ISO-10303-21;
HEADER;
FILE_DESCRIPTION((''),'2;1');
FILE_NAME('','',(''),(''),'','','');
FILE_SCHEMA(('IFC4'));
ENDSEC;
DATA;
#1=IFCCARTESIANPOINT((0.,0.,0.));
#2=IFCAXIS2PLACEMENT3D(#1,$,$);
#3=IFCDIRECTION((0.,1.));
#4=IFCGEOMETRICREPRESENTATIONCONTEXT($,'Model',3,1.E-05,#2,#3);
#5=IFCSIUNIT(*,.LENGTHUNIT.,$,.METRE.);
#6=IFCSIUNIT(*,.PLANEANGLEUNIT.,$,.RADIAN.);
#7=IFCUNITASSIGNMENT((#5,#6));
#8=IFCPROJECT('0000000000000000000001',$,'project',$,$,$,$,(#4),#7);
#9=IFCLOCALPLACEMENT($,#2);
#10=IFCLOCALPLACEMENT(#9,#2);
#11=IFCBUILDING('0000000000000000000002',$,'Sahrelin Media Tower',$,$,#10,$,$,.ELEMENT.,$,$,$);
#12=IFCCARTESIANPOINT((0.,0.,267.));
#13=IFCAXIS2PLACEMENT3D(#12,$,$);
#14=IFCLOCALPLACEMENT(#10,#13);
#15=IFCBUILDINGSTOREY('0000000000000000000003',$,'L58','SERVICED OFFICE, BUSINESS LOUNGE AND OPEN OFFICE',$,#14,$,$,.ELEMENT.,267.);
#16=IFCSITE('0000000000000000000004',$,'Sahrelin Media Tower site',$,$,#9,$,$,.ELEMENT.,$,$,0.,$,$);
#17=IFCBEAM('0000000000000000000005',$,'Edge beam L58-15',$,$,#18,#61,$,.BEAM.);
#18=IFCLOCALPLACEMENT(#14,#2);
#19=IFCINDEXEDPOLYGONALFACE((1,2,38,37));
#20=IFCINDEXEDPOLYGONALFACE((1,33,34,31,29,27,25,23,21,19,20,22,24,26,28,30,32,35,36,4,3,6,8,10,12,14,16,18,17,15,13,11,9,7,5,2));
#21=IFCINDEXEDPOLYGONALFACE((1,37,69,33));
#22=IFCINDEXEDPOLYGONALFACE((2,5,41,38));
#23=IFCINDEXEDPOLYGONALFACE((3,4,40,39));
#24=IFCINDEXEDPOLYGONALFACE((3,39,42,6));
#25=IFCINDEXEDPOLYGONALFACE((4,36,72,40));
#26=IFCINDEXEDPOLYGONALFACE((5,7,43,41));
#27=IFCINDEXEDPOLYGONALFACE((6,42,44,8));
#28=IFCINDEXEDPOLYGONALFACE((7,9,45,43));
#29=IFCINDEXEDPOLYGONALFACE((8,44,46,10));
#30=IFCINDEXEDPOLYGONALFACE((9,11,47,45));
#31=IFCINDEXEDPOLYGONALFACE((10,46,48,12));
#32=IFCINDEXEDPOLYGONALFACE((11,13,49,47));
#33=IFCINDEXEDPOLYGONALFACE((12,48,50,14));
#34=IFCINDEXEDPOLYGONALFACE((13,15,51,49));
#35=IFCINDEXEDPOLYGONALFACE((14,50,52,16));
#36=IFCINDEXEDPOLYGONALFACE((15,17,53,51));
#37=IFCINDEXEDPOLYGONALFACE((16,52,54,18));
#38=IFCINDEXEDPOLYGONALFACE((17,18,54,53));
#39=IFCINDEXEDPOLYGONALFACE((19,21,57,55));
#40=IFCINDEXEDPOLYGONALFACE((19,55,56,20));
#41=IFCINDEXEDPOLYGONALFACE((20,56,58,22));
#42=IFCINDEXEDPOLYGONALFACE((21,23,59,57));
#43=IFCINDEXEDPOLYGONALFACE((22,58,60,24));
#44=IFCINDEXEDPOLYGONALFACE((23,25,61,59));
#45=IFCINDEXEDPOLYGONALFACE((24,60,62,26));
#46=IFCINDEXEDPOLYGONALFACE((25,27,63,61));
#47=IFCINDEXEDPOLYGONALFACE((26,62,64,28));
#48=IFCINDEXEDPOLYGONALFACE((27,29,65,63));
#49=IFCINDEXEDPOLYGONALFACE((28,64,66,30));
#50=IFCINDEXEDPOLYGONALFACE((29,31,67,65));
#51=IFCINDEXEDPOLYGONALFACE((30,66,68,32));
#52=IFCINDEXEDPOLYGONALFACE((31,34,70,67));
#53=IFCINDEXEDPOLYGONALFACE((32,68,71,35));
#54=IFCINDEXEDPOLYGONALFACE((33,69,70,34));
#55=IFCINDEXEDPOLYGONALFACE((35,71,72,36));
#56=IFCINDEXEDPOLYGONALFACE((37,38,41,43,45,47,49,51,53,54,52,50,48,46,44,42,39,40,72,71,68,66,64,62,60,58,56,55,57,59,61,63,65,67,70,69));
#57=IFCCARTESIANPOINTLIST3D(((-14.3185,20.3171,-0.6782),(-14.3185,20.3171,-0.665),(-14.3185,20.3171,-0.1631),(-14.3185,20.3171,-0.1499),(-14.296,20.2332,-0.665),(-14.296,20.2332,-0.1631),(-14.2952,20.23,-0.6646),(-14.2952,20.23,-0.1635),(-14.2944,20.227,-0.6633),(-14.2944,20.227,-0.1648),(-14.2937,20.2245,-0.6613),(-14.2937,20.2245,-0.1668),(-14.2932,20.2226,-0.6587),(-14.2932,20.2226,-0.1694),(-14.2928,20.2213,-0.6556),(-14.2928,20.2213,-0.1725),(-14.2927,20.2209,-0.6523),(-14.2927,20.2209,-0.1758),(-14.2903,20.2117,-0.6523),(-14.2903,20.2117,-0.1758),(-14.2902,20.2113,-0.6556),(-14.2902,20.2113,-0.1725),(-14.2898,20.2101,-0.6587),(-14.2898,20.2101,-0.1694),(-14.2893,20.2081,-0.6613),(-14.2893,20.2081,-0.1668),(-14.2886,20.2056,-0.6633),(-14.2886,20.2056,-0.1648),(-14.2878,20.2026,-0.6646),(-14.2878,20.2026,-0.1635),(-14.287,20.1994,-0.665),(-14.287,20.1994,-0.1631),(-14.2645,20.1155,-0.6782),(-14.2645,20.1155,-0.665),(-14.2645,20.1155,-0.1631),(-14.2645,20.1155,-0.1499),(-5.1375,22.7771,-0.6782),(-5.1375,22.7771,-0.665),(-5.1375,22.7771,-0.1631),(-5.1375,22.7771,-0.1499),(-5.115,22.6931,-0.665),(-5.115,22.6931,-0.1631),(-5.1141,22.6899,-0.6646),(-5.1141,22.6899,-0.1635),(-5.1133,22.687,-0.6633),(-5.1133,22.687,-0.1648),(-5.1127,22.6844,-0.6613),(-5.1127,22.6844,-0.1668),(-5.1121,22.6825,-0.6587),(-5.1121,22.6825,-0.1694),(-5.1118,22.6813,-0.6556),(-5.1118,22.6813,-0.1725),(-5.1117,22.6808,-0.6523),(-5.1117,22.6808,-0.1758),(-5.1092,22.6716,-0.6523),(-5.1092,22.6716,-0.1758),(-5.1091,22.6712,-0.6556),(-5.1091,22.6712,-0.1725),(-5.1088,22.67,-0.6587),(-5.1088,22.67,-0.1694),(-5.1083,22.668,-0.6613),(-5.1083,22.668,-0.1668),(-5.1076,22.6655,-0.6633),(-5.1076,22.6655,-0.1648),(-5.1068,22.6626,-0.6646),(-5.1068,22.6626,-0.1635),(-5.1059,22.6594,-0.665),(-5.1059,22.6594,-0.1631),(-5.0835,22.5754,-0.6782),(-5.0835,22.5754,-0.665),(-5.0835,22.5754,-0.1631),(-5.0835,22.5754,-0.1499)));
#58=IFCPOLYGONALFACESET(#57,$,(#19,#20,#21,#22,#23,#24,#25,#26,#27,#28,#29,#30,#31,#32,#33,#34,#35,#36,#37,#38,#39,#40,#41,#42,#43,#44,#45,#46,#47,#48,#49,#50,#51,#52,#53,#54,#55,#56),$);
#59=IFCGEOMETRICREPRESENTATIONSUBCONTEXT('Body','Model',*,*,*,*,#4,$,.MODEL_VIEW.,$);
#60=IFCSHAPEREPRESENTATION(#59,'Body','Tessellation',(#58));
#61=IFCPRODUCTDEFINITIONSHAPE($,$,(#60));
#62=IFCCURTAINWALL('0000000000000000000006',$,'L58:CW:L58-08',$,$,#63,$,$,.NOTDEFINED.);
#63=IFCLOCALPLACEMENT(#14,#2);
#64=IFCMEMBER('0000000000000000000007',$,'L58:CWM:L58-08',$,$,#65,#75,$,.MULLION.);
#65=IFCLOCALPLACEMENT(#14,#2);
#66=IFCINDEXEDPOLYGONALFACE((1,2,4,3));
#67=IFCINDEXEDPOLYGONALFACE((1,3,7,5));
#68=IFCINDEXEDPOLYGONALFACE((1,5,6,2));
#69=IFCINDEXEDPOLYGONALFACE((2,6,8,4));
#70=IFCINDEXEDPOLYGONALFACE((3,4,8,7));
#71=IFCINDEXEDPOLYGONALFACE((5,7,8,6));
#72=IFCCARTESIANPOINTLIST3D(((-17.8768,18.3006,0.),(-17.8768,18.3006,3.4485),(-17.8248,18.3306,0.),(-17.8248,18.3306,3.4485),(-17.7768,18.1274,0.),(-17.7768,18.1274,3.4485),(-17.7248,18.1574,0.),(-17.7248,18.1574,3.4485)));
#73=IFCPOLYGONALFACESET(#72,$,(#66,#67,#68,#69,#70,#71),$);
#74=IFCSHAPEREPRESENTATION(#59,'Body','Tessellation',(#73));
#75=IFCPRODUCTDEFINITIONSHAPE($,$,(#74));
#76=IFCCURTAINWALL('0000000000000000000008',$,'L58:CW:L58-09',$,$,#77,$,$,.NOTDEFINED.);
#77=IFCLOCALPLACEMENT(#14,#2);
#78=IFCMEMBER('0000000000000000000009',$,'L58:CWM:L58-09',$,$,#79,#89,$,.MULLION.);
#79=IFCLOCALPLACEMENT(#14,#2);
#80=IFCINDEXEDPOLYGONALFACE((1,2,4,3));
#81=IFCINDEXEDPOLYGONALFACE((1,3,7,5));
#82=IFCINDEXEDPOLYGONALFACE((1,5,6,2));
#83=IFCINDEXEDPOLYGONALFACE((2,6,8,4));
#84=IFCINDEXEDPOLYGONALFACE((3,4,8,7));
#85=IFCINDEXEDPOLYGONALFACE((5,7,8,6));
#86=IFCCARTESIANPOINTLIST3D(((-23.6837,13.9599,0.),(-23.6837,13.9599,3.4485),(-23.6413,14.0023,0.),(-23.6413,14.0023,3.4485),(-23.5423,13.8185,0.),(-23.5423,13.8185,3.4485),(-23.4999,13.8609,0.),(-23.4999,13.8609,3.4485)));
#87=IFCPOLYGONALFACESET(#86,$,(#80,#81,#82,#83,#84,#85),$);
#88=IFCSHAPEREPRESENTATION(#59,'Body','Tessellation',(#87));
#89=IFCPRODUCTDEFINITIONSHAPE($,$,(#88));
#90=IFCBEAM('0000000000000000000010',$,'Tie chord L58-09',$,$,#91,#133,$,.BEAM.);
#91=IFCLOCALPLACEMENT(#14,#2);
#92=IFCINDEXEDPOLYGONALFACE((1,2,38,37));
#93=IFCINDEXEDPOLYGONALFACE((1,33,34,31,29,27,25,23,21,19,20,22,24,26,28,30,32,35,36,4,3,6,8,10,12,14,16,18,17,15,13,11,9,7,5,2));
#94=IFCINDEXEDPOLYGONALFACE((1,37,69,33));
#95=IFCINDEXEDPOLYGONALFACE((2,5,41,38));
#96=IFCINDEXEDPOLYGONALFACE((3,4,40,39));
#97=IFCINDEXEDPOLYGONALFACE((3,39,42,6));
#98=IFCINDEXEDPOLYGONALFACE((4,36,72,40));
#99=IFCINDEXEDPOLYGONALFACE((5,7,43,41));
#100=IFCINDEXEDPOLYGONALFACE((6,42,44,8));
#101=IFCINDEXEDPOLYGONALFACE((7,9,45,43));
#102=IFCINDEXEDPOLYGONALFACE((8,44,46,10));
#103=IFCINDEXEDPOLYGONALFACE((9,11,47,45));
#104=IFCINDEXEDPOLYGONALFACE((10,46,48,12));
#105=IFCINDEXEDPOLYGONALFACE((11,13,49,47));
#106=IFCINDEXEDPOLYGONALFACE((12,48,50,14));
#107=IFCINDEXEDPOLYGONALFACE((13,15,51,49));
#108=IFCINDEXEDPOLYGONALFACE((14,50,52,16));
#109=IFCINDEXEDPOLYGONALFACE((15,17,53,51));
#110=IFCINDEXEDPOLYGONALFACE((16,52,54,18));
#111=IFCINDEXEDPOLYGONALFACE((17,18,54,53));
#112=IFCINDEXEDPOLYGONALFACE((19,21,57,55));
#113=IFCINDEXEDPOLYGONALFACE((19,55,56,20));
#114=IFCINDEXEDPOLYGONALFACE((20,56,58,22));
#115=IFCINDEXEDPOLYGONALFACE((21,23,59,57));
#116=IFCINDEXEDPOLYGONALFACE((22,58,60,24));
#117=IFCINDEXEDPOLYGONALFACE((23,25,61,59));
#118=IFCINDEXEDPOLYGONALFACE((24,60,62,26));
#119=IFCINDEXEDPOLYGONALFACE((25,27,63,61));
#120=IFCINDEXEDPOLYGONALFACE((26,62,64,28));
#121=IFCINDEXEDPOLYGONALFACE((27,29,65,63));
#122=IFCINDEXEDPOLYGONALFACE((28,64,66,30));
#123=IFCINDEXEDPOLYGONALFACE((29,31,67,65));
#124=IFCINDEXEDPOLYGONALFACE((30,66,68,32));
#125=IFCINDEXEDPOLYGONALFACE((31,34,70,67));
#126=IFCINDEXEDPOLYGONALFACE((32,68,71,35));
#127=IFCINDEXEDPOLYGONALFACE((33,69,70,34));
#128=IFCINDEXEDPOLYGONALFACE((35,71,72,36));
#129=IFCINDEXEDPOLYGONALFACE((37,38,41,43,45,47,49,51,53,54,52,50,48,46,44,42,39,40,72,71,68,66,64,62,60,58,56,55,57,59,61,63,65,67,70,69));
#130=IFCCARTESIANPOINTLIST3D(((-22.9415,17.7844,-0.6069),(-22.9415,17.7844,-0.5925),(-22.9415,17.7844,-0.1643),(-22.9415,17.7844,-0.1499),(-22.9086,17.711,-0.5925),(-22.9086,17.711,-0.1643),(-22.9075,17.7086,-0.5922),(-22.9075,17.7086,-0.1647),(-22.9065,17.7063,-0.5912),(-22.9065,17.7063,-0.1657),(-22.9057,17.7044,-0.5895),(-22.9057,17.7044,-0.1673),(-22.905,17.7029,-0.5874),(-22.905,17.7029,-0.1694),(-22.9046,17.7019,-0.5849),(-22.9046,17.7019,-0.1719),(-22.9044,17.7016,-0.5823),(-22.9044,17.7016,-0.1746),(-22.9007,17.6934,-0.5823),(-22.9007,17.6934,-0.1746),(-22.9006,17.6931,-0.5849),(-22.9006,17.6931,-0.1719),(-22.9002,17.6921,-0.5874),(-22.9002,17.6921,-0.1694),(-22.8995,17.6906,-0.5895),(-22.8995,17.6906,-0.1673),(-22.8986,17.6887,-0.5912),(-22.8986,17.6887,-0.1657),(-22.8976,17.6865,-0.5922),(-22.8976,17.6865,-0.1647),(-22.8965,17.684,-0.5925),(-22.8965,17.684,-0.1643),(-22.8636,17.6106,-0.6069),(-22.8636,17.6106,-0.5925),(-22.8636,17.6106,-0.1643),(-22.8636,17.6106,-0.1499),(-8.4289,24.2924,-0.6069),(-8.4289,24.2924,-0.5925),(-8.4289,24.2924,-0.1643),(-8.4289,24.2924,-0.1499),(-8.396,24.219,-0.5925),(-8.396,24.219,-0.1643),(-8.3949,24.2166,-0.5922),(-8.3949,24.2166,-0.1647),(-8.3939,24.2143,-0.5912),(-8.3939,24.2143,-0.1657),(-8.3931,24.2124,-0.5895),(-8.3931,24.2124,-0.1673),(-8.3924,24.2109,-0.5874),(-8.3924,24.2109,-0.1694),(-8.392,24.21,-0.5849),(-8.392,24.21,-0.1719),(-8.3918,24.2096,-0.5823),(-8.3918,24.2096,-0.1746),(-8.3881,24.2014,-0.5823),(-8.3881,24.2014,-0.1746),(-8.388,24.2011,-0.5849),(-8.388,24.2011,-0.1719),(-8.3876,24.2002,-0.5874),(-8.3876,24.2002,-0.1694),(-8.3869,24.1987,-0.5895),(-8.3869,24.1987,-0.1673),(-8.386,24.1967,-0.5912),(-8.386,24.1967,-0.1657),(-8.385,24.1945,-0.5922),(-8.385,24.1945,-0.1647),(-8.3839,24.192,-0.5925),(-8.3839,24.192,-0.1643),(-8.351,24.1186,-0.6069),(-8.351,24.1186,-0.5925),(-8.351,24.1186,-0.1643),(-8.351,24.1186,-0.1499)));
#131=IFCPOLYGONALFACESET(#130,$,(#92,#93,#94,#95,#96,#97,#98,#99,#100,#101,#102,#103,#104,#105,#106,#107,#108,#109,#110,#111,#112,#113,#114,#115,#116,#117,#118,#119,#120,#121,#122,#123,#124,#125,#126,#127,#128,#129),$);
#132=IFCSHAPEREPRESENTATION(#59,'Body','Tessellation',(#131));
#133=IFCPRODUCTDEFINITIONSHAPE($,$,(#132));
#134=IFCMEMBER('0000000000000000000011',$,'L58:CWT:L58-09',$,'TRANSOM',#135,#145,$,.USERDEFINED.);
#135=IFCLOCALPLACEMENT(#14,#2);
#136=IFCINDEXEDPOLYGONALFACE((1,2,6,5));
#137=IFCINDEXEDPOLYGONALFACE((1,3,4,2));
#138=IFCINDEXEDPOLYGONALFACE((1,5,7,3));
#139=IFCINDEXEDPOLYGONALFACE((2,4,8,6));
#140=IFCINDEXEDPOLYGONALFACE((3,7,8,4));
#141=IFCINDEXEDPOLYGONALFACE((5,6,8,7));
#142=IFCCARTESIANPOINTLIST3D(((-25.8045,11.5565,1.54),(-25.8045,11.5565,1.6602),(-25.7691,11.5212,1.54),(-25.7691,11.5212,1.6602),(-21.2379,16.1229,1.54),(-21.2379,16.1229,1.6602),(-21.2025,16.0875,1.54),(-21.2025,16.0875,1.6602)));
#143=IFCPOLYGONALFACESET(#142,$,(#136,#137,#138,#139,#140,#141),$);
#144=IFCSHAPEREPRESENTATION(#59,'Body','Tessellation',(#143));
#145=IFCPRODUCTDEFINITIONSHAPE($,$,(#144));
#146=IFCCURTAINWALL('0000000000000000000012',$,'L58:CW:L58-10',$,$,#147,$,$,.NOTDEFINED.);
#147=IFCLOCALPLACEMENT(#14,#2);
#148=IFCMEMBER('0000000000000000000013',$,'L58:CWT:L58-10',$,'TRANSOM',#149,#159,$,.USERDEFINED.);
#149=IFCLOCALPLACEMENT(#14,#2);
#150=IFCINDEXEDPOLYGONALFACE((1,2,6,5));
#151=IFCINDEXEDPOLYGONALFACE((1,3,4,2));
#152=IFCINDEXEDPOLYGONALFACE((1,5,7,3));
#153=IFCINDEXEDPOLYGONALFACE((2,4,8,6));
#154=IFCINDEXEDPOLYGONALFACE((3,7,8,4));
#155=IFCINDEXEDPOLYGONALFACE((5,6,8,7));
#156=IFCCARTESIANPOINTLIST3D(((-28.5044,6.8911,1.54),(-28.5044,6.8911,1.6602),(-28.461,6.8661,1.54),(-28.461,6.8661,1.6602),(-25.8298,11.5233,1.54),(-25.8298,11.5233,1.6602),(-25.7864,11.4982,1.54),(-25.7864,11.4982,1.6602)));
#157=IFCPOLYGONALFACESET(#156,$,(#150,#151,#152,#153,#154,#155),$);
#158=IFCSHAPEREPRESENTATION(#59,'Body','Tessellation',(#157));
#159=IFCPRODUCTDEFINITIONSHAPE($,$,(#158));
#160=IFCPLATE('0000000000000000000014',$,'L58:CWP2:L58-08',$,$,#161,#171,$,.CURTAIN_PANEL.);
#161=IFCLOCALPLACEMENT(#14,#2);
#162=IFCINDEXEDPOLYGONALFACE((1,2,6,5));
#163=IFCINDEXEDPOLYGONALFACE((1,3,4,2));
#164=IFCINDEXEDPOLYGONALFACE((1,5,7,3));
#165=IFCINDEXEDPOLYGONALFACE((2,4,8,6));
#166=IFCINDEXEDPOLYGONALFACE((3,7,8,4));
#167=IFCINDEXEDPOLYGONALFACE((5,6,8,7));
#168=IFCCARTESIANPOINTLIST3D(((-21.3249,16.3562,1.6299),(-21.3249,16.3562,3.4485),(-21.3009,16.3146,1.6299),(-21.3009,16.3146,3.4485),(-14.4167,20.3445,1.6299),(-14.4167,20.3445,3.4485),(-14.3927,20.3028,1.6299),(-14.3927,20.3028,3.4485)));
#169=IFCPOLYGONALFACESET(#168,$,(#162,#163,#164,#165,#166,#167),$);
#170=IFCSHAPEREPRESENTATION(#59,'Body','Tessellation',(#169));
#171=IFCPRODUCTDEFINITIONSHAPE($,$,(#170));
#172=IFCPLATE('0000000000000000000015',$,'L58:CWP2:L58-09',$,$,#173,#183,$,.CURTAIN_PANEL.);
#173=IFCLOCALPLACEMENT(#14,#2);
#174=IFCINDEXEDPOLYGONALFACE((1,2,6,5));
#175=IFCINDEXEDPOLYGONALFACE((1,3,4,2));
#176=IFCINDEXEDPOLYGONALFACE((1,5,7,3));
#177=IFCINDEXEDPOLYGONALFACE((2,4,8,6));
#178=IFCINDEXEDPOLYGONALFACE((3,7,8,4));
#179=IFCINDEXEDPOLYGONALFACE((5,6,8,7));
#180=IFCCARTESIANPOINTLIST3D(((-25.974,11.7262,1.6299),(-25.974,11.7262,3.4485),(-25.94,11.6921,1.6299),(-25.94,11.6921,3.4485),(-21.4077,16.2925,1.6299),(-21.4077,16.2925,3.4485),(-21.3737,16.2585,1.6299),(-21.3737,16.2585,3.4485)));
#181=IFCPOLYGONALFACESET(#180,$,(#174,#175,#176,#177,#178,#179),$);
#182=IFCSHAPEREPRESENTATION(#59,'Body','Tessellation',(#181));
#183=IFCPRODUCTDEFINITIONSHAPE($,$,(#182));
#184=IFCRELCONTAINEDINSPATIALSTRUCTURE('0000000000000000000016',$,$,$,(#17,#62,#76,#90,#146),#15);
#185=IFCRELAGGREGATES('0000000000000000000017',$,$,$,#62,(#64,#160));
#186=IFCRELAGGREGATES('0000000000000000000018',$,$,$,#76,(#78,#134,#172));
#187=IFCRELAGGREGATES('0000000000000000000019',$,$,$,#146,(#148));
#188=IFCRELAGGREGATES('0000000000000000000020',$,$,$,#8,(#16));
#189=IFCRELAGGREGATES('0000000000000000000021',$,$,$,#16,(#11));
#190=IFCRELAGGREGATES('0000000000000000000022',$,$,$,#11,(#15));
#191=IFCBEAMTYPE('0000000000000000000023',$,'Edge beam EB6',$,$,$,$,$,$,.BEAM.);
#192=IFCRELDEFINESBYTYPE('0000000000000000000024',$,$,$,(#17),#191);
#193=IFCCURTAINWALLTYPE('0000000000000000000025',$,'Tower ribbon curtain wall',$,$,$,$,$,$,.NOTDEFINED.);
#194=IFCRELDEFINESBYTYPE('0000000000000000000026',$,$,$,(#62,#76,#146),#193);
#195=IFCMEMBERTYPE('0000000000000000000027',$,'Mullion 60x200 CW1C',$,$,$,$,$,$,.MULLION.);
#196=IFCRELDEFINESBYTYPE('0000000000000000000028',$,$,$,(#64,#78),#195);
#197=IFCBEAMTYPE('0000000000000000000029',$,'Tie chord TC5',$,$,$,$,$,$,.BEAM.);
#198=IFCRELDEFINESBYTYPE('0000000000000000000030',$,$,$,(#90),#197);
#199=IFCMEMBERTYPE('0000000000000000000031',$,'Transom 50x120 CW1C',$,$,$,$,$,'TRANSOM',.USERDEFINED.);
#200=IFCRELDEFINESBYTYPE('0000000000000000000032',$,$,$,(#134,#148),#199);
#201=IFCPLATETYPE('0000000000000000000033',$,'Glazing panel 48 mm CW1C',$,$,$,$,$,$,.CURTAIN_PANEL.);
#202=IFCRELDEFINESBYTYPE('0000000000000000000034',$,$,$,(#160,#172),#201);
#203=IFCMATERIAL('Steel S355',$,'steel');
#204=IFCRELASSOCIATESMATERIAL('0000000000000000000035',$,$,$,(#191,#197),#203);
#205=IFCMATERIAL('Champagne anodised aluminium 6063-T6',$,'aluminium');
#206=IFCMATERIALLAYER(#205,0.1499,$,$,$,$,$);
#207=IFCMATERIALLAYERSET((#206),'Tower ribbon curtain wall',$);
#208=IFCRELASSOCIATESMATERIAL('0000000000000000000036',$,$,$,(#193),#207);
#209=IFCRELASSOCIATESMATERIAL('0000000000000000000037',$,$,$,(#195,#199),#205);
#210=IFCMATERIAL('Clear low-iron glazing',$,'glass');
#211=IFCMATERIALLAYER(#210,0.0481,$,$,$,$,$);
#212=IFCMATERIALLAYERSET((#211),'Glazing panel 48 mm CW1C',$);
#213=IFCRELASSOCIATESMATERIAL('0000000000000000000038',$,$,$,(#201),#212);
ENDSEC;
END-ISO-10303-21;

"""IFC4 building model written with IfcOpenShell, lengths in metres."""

from ifc_helpers import new_model, si_unit, direction, frame, origin, origin_2d, place, context, subcontext, project, spatial, polyline, rectangle, i_section, outline, extrude, material, layer, layer_set, material_profile, profile_set, type_object, element, aggregate, save


model = new_model("IFC4")

# Units and contexts
model_context = context("Model", 3, precision=1e-05, world=origin(), true_north=direction((0.0, 1.0)))
body_context = subcontext(model_context, "Body", "Model", "MODEL_VIEW")
ifc_project = project(units=[si_unit("LENGTHUNIT", "METRE"), si_unit("PLANEANGLEUNIT", "RADIAN")], contexts=[model_context])

# Site, building, storey
site_placement = place(None, origin())
site = spatial("IfcSite", under=ifc_project, at=site_placement, Name="Sahrelin Media Tower site", CompositionType="ELEMENT", RefElevation=0.0)
building_placement = place(site_placement, origin())
building = spatial("IfcBuilding", under=site, at=building_placement, Name="Sahrelin Media Tower", CompositionType="ELEMENT")
storey_placement = place(building_placement, frame((0.0, 0.0, 267.0)))
storey = spatial("IfcBuildingStorey", under=building, at=storey_placement, Name="L58", Description="SERVICED OFFICE, BUSINESS LOUNGE AND OPEN OFFICE", CompositionType="ELEMENT", Elevation=267.0)

# Beam
ifc_material_1 = material(Name="Steel S355", Category="steel")
ifc_material_profile_1 = material_profile(ifc_material_1, i_section(OverallWidth=0.2087, OverallDepth=0.5283, WebThickness=0.0095, FlangeThickness=0.0132, FilletRadius=0.0127, at=origin_2d()), Name="UB 533x210x82")
ifc_profile_set_1 = profile_set([ifc_material_profile_1], Name="Steel S355")
beam_type_1 = type_object("IfcBeamType", Name="Edge beam EB6", PredefinedType="BEAM", material=ifc_profile_set_1)
beam_1_placement = place(storey_placement, frame((-14.2915, 20.2163, -0.4141), z_axis=(0.965929, 0.258807, 0.0), x_axis=(-0.258807, 0.965929, 0.0)))
element("IfcBeam", 1, at=beam_1_placement, inside=storey, type_object=beam_type_1, Name="Edge beam L58-15", PredefinedType="BEAM", context=body_context, shape_type="SweptSolid", body=[
    extrude(i_section(OverallWidth=0.2087, OverallDepth=0.5283, WebThickness=0.0095, FlangeThickness=0.0132, FilletRadius=0.0127, at=origin_2d()), origin(), (0.0, 0.0, 1.0), 9.5049),
])

# Curtain walls, members
ifc_material_2 = material(Name="Champagne anodised aluminium 6063-T6", Category="aluminium")
ifc_layer_1 = layer(ifc_material_2, 0.1499)
ifc_layer_set_1 = layer_set([ifc_layer_1], Name="Tower ribbon curtain wall")
curtain_wall_type = type_object("IfcCurtainWallType", Name="Tower ribbon curtain wall", PredefinedType="NOTDEFINED", material=ifc_layer_set_1)
curtain_wall_1_placement = place(storey_placement, frame((-17.8608, 18.333, 0.0), z_axis=(0.0, 0.0, 1.0), x_axis=(1.0, 0.0, 0.0)))
curtain_wall_1 = element("IfcCurtainWall", 2, at=curtain_wall_1_placement, inside=storey, type_object=curtain_wall_type, Name="L58:CW:L58-08", PredefinedType="NOTDEFINED")
ifc_material_profile_2 = material_profile(ifc_material_2, rectangle(XDim=0.0601, YDim=0.2, at=origin_2d()), Name="Mullion 60x200")
ifc_profile_set_2 = profile_set([ifc_material_profile_2], Name="Champagne anodised aluminium 6063-T6")
member_type_1 = type_object("IfcMemberType", Name="Mullion 60x200 CW1C", PredefinedType="MULLION", material=ifc_profile_set_2)
member_1_placement = place(storey_placement, frame((-17.8008, 18.229, 0.0), z_axis=(0.0, 0.0, 1.0), x_axis=(-0.866025, -0.5, 0.0)))
member_1 = element("IfcMember", 3, at=member_1_placement, type_object=member_type_1, Name="L58:CWM:L58-08", PredefinedType="MULLION", context=body_context, shape_type="SweptSolid", body=[
    extrude(rectangle(XDim=0.0601, YDim=0.2, at=origin_2d()), origin(), (0.0, 0.0, 1.0), 3.4485),
])
curtain_wall_2_placement = place(storey_placement, frame((-23.6768, 13.9951, 0.0), z_axis=(0.0, 0.0, 1.0), x_axis=(1.0, 0.0, 0.0)))
curtain_wall_2 = element("IfcCurtainWall", 4, at=curtain_wall_2_placement, inside=storey, type_object=curtain_wall_type, Name="L58:CW:L58-09", PredefinedType="NOTDEFINED")
member_2_placement = place(storey_placement, frame((-23.5918, 13.9104, 0.0), z_axis=(0.0, 0.0, 1.0), x_axis=(-0.707107, -0.707107, 0.0)))
member_2 = element("IfcMember", 5, at=member_2_placement, type_object=member_type_1, Name="L58:CWM:L58-09", PredefinedType="MULLION", context=body_context, shape_type="SweptSolid", body=[
    extrude(rectangle(XDim=0.0601, YDim=0.2, at=origin_2d()), origin(), (0.0, 0.0, 1.0), 3.4485),
])

# Beam
ifc_material_profile_3 = material_profile(ifc_material_1, i_section(OverallWidth=0.1904, OverallDepth=0.457, WebThickness=0.009, FlangeThickness=0.0144, FilletRadius=0.0103, at=origin_2d()), Name="UB 457x191x74")
ifc_profile_set_3 = profile_set([ifc_material_profile_3], Name="Steel S355")
beam_type_2 = type_object("IfcBeamType", Name="Tie chord TC5", PredefinedType="BEAM", material=ifc_profile_set_3)
beam_2_placement = place(storey_placement, frame((-22.9026, 17.6975, -0.3784), z_axis=(0.912454, 0.40918, 0.0), x_axis=(-0.40918, 0.912454, 0.0)))
element("IfcBeam", 6, at=beam_2_placement, inside=storey, type_object=beam_type_2, Name="Tie chord L58-09", PredefinedType="BEAM", context=body_context, shape_type="SweptSolid", body=[
    extrude(i_section(OverallWidth=0.1904, OverallDepth=0.457, WebThickness=0.009, FlangeThickness=0.0144, FilletRadius=0.0103, at=origin_2d()), origin(), (0.0, 0.0, 1.0), 15.905),
])

# Member
ifc_material_profile_4 = material_profile(ifc_material_2, rectangle(XDim=0.05, YDim=0.1201, at=origin_2d()), Name="Transom 50x120")
ifc_profile_set_4 = profile_set([ifc_material_profile_4], Name="Champagne anodised aluminium 6063-T6")
member_type_2 = type_object("IfcMemberType", Name="Transom 50x120 CW1C", ElementType="TRANSOM", PredefinedType="USERDEFINED", material=ifc_profile_set_4)
member_3_placement = place(storey_placement, frame((-21.2202, 16.1052, 1.6001), z_axis=(-0.707126, -0.707088, 0.0), x_axis=(0.707088, -0.707126, 0.0)))
member_3 = element("IfcMember", 7, at=member_3_placement, type_object=member_type_2, Name="L58:CWT:L58-09", ObjectType="TRANSOM", PredefinedType="USERDEFINED", context=body_context, shape_type="SweptSolid", body=[
    extrude(rectangle(XDim=0.05, YDim=0.1201, at=origin_2d()), origin(), (0.0, 0.0, 1.0), 6.458),
])

# Curtain wall, member
curtain_wall_3_placement = place(storey_placement, frame((-27.3577, 9.3171, 0.0), z_axis=(0.0, 0.0, 1.0), x_axis=(1.0, 0.0, 0.0)))
curtain_wall_3 = element("IfcCurtainWall", 8, at=curtain_wall_3_placement, inside=storey, type_object=curtain_wall_type, Name="L58:CW:L58-10", PredefinedType="NOTDEFINED")
member_4_placement = place(storey_placement, frame((-25.8081, 11.5107, 1.6001), z_axis=(-0.500032, -0.866007, 0.0), x_axis=(0.866007, -0.500032, 0.0)))
member_4 = element("IfcMember", 9, at=member_4_placement, type_object=member_type_2, Name="L58:CWT:L58-10", ObjectType="TRANSOM", PredefinedType="USERDEFINED", context=body_context, shape_type="SweptSolid", body=[
    extrude(rectangle(XDim=0.05, YDim=0.1201, at=origin_2d()), origin(), (0.0, 0.0, 1.0), 5.3489),
])

# Plates
ifc_material_3 = material(Name="Clear low-iron glazing", Category="glass")
ifc_layer_2 = layer(ifc_material_3, 0.0481)
ifc_layer_set_2 = layer_set([ifc_layer_2], Name="Glazing panel 48 mm CW1C")
plate_type_1 = type_object("IfcPlateType", Name="Glazing panel 48 mm CW1C", PredefinedType="CURTAIN_PANEL", material=ifc_layer_set_2)
plate_1_placement = place(storey_placement, frame((-14.4167, 20.3445, 1.6299), z_axis=(-0.499984, 0.866035, 0.0), x_axis=(-0.866035, -0.499984, 0.0)))
plate_1 = element("IfcPlate", 10, at=plate_1_placement, type_object=plate_type_1, Name="L58:CWP2:L58-08", PredefinedType="CURTAIN_PANEL", context=body_context, shape_type="SweptSolid", body=[
    extrude(outline(polyline([(0.0, 0.0), (7.9768, 0.0), (7.9768, 1.8186), (0.0, 1.8186), (0.0, 0.0)])), origin(), (0.0, 0.0, -1.0), 0.0481),
])
plate_2_placement = place(storey_placement, frame((-21.4077, 16.2925, 1.6299), z_axis=(-0.707107, 0.707107, 0.0), x_axis=(-0.707107, -0.707107, 0.0)))
plate_2 = element("IfcPlate", 11, at=plate_2_placement, type_object=plate_type_1, Name="L58:CWP2:L58-09", PredefinedType="CURTAIN_PANEL", context=body_context, shape_type="SweptSolid", body=[
    extrude(outline(polyline([(0.0, 0.0), (6.4578, 0.0), (6.4578, 1.8186), (0.0, 1.8186), (0.0, 0.0)])), origin(), (0.0, 0.0, -1.0), 0.0481),
])
aggregate(curtain_wall_1, [member_1, plate_1])
aggregate(curtain_wall_2, [member_2, member_3, plate_2])
aggregate(curtain_wall_3, [member_4])

save(model, "model.ifc")
